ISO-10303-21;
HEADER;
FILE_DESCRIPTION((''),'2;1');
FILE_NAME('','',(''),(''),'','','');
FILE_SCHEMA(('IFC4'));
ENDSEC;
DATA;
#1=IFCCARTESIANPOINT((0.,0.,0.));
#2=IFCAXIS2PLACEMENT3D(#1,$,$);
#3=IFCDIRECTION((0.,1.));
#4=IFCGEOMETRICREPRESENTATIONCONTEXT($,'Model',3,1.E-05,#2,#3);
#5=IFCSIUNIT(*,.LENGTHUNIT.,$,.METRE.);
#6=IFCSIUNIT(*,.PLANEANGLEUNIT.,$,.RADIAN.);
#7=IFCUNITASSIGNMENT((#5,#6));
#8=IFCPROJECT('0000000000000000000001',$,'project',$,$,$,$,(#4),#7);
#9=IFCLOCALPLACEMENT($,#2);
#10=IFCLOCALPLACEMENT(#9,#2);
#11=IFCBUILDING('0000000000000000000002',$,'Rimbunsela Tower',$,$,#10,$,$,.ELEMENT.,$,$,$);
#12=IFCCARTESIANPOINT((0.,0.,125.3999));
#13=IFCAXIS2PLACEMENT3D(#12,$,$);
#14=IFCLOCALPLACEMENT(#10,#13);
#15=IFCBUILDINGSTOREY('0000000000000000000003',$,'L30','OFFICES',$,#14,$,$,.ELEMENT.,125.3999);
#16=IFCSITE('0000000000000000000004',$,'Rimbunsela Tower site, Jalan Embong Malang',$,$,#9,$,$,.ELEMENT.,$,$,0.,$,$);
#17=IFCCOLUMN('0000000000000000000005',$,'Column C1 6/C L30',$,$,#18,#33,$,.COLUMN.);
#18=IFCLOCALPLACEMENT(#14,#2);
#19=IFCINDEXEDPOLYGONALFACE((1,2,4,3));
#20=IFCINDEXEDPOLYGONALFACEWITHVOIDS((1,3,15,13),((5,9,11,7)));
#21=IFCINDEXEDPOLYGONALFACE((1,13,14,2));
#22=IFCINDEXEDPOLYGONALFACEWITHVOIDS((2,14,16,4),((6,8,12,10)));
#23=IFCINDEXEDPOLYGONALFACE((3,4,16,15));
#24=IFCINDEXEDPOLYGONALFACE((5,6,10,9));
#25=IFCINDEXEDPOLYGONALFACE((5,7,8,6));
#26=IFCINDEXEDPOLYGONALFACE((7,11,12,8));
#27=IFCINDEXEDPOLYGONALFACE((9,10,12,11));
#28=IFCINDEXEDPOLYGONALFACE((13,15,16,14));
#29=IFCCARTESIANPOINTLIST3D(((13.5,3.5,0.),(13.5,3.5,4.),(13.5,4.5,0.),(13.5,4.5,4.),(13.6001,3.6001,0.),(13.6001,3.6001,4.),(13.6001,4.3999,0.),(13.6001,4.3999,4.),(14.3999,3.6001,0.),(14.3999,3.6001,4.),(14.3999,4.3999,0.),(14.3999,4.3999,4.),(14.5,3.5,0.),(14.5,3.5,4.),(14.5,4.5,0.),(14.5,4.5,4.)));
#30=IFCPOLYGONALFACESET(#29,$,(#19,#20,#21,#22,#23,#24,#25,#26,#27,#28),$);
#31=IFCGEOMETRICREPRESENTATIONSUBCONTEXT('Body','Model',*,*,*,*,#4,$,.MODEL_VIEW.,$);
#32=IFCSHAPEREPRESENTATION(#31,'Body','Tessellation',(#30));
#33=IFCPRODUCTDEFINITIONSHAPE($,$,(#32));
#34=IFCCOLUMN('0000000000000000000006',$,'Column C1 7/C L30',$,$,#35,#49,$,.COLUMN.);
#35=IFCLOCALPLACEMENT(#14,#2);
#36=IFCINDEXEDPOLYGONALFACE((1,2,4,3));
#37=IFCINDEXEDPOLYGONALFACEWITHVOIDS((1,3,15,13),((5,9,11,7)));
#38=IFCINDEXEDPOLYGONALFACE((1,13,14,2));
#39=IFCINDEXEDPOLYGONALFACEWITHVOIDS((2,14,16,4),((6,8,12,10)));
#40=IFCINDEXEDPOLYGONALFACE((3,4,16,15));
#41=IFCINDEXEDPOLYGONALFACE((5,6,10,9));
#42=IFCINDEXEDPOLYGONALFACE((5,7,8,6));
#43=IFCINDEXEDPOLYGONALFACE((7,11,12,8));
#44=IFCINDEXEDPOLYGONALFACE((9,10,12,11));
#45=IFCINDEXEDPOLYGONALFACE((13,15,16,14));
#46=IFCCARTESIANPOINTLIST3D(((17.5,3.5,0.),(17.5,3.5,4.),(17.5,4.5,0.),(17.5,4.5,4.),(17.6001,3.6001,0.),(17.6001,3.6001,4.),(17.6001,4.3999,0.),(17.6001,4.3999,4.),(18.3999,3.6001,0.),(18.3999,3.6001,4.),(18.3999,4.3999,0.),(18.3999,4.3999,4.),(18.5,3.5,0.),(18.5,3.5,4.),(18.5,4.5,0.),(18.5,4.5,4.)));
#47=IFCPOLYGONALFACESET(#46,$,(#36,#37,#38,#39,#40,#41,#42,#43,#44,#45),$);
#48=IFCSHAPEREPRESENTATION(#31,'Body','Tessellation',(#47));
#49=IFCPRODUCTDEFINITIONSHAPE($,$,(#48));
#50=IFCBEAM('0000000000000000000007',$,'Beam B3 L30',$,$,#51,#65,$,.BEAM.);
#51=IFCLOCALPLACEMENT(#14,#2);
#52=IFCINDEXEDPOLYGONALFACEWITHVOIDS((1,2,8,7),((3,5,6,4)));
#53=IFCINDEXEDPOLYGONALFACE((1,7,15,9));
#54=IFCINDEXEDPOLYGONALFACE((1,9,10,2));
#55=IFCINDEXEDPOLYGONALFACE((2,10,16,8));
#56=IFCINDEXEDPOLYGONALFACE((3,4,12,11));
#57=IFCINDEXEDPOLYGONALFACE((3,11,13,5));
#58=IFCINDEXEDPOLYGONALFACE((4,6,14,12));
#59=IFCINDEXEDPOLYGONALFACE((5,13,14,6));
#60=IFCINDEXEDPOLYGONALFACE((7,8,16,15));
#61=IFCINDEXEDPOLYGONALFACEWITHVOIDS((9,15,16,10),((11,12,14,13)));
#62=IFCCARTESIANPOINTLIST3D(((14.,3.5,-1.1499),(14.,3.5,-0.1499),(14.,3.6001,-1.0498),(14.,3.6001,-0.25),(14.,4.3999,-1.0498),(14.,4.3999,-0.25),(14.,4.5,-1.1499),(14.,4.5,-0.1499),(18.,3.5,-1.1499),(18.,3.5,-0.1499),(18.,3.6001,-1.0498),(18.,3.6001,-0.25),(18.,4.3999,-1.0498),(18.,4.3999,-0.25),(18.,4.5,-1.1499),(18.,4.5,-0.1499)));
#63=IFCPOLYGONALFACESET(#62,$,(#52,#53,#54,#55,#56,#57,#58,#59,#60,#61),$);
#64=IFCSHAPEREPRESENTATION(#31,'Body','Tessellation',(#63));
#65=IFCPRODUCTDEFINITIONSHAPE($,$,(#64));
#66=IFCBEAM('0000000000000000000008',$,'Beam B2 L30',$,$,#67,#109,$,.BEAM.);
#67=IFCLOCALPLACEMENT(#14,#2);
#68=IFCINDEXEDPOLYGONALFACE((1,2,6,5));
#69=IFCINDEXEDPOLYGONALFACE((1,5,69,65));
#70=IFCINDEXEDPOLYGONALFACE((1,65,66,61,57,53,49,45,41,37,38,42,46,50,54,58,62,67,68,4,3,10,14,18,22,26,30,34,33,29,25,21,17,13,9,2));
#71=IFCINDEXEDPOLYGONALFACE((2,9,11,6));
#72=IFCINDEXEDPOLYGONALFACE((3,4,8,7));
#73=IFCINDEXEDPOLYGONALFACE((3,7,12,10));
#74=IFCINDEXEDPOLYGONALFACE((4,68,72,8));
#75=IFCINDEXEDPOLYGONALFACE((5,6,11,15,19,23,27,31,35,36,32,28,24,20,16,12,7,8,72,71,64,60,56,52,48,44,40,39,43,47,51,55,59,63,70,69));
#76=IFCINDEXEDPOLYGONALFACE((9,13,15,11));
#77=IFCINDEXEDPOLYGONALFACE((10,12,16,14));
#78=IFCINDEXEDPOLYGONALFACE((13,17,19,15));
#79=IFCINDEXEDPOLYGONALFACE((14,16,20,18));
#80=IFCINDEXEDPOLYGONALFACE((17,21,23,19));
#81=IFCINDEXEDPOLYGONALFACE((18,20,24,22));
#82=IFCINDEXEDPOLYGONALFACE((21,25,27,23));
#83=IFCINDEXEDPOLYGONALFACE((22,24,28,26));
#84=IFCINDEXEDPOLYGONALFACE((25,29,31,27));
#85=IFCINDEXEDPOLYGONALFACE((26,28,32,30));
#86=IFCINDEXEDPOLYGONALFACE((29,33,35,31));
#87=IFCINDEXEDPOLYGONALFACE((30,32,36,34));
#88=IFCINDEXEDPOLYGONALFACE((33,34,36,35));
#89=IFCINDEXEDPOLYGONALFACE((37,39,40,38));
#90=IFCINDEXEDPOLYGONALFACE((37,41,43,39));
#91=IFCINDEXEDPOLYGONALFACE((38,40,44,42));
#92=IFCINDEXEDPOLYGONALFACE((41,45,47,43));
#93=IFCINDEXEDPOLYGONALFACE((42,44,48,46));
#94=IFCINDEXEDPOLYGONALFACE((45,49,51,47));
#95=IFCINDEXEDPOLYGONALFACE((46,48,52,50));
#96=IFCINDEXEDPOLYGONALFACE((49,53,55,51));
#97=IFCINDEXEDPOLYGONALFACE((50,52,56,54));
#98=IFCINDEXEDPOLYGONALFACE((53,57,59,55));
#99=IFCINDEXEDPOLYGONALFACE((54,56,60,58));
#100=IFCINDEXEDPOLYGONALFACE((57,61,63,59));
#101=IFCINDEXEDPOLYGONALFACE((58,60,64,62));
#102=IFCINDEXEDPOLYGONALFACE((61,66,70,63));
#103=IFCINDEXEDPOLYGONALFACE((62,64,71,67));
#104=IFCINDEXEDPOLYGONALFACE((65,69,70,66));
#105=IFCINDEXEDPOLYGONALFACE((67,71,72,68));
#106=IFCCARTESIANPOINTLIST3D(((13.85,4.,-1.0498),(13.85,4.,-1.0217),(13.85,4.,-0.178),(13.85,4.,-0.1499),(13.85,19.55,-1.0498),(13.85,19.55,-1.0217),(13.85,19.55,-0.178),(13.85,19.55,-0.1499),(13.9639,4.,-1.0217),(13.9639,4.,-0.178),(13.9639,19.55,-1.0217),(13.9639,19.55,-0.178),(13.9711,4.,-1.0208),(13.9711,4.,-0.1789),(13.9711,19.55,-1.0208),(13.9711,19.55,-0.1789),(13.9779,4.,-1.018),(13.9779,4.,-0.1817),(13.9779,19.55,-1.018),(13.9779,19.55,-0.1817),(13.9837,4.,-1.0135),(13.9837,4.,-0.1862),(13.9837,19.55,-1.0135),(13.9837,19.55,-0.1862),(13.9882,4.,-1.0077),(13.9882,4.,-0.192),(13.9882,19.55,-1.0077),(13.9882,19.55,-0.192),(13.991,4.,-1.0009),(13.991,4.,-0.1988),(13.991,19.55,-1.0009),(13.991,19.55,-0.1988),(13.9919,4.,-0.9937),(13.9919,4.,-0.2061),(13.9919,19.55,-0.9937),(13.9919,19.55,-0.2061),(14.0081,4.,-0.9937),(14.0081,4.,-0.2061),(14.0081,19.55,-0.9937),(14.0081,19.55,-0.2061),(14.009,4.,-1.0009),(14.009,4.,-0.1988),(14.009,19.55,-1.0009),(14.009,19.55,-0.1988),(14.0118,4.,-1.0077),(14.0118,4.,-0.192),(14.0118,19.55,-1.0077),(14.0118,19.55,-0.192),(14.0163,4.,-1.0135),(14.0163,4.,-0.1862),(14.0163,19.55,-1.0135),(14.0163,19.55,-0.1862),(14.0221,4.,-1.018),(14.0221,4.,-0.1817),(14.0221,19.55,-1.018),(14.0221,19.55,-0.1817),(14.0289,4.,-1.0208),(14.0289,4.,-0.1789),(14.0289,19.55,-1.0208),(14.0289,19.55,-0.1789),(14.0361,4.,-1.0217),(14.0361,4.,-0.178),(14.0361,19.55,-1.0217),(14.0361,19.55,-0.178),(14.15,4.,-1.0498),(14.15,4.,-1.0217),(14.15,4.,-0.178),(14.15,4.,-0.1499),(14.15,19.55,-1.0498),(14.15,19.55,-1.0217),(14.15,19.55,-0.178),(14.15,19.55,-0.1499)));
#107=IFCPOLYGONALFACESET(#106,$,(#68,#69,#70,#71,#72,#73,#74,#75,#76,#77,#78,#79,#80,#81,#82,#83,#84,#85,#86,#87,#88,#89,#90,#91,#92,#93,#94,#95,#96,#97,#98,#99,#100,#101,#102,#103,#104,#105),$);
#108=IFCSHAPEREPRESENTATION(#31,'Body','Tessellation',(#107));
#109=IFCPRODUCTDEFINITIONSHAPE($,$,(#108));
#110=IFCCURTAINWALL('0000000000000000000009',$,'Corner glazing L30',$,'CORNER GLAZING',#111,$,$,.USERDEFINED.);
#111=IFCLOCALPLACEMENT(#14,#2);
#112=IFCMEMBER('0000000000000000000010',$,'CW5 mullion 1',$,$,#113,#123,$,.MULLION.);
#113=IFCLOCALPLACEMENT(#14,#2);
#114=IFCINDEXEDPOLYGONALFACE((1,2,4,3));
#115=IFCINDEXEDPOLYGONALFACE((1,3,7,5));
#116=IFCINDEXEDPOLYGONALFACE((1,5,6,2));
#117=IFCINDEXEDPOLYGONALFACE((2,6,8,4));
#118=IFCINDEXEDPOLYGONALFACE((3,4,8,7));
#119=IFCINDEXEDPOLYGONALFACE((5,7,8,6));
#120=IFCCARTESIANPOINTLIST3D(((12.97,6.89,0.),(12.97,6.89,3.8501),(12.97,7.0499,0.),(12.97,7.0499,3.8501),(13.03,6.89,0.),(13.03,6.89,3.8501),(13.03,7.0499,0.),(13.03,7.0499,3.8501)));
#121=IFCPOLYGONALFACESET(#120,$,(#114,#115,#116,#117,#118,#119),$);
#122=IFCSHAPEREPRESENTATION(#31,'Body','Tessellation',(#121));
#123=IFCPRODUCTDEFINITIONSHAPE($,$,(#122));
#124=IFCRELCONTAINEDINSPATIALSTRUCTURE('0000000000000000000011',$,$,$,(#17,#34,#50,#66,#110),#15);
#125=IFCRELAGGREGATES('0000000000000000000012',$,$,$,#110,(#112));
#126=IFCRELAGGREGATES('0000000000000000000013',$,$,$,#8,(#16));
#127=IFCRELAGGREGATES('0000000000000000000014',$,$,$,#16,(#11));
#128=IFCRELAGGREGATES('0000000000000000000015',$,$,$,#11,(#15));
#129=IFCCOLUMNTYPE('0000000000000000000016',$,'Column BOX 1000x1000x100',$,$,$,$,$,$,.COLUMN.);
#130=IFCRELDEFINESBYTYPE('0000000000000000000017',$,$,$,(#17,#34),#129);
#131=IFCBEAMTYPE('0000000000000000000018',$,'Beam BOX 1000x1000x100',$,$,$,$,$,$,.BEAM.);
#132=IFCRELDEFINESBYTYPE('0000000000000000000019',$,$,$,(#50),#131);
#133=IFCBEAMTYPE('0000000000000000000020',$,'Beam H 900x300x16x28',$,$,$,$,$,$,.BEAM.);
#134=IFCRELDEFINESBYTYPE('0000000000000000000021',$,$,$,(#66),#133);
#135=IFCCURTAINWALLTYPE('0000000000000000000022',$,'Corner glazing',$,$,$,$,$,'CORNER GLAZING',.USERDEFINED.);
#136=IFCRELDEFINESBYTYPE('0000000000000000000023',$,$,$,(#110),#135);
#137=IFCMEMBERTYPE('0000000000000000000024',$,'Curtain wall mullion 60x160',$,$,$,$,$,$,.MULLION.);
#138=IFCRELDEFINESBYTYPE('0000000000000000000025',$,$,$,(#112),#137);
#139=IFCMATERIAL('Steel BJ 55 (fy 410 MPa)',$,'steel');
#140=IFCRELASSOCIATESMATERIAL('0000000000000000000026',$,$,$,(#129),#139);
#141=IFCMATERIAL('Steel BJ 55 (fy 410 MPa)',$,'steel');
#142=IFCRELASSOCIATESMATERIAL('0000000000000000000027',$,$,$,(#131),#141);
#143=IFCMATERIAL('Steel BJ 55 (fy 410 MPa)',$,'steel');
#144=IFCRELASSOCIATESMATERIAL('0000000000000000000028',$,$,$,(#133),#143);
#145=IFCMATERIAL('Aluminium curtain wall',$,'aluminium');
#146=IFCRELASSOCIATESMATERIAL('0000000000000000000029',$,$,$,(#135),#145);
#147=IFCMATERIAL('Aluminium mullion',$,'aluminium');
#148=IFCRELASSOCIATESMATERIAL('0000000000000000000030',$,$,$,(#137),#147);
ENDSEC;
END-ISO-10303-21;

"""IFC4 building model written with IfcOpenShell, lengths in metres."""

from ifc_helpers import new_model, si_unit, direction, frame, origin, origin_2d, place, context, subcontext, project, spatial, rectangle, hollow_rectangle, i_section, extrude, material, material_profile, profile_set, type_object, element, aggregate, save


model = new_model("IFC4")

# Units and contexts
model_context = context("Model", 3, precision=1e-05, world=origin(), true_north=direction((0.0, 1.0)))
body_context = subcontext(model_context, "Body", "Model", "MODEL_VIEW")
ifc_project = project(units=[si_unit("LENGTHUNIT", "METRE"), si_unit("PLANEANGLEUNIT", "RADIAN")], contexts=[model_context])

# Site, building, storey
site_placement = place(None, origin())
site = spatial("IfcSite", under=ifc_project, at=site_placement, Name="Rimbunsela Tower site, Jalan Embong Malang", CompositionType="ELEMENT", RefElevation=0.0)
building_placement = place(site_placement, origin())
building = spatial("IfcBuilding", under=site, at=building_placement, Name="Rimbunsela Tower", CompositionType="ELEMENT")
storey_placement = place(building_placement, frame((0.0, 0.0, 125.3999)))
storey = spatial("IfcBuildingStorey", under=building, at=storey_placement, Name="L30", Description="OFFICES", CompositionType="ELEMENT", Elevation=125.3999)

# Columns
ifc_material_1 = material(Name="Steel BJ 55 (fy 410 MPa)", Category="steel")
ifc_material_profile_1 = material_profile(ifc_material_1, hollow_rectangle(XDim=1.0, YDim=1.0, WallThickness=0.1001, at=origin_2d()), Name="BOX 1000x1000x100")
ifc_profile_set_1 = profile_set([ifc_material_profile_1], Name="Steel BJ 55 (fy 410 MPa)")
column_type = type_object("IfcColumnType", Name="Column BOX 1000x1000x100", PredefinedType="COLUMN", material=ifc_profile_set_1)
for number, where, z_axis, x_axis, name in (
    (1, (14.0, 4.0, 0.0), (0.0, 0.0, 1.0), (1.0, 0.0, 0.0), "Column C1 6/C L30"),
    (2, (18.0, 4.0, 0.0), (0.0, 0.0, 1.0), (1.0, 0.0, 0.0), "Column C1 7/C L30"),
):
    element("IfcColumn", number, at=place(storey_placement, frame(where, z_axis=z_axis, x_axis=x_axis)), inside=storey, type_object=column_type, Name=name, PredefinedType="COLUMN", context=body_context, shape_type="SweptSolid", body=[
        extrude(hollow_rectangle(XDim=1.0, YDim=1.0, WallThickness=0.1001, at=origin_2d()), origin(), (0.0, 0.0, 1.0), 4.0),
    ])

# Beams
ifc_material_2 = material(Name="Steel BJ 55 (fy 410 MPa)", Category="steel")
ifc_material_profile_2 = material_profile(ifc_material_2, hollow_rectangle(XDim=1.0, YDim=1.0, WallThickness=0.1001, at=origin_2d()), Name="BOX 1000x1000x100")
ifc_profile_set_2 = profile_set([ifc_material_profile_2], Name="Steel BJ 55 (fy 410 MPa)")
beam_type_1 = type_object("IfcBeamType", Name="Beam BOX 1000x1000x100", PredefinedType="BEAM", material=ifc_profile_set_2)
beam_1_placement = place(storey_placement, frame((14.0, 4.0, -0.6499), z_axis=(1.0, 0.0, 0.0), x_axis=(0.0, 1.0, 0.0)))
element("IfcBeam", 3, at=beam_1_placement, inside=storey, type_object=beam_type_1, Name="Beam B3 L30", PredefinedType="BEAM", context=body_context, shape_type="SweptSolid", body=[
    extrude(hollow_rectangle(XDim=1.0, YDim=1.0, WallThickness=0.1001, at=origin_2d()), origin(), (0.0, 0.0, 1.0), 4.0),
])
ifc_material_3 = material(Name="Steel BJ 55 (fy 410 MPa)", Category="steel")
ifc_material_profile_3 = material_profile(ifc_material_3, i_section(OverallWidth=0.3, OverallDepth=0.8999, WebThickness=0.0161, FlangeThickness=0.0281, FilletRadius=0.0281, at=origin_2d()), Name="H 900x300x16x28")
ifc_profile_set_3 = profile_set([ifc_material_profile_3], Name="Steel BJ 55 (fy 410 MPa)")
beam_type_2 = type_object("IfcBeamType", Name="Beam H 900x300x16x28", PredefinedType="BEAM", material=ifc_profile_set_3)
beam_2_placement = place(storey_placement, frame((14.0, 4.0, -0.5999), z_axis=(0.0, 1.0, 0.0), x_axis=(-1.0, 0.0, 0.0)))
element("IfcBeam", 4, at=beam_2_placement, inside=storey, type_object=beam_type_2, Name="Beam B2 L30", PredefinedType="BEAM", context=body_context, shape_type="SweptSolid", body=[
    extrude(i_section(OverallWidth=0.3, OverallDepth=0.8999, WebThickness=0.0161, FlangeThickness=0.0281, FilletRadius=0.0281, at=origin_2d()), origin(), (0.0, 0.0, 1.0), 15.55),
])

# Curtain wall, member
ifc_material_4 = material(Name="Aluminium curtain wall", Category="aluminium")
curtain_wall_type = type_object("IfcCurtainWallType", Name="Corner glazing", ElementType="CORNER GLAZING", PredefinedType="USERDEFINED", material=ifc_material_4)
curtain_wall_placement = place(storey_placement, origin())
curtain_wall = element("IfcCurtainWall", 5, at=curtain_wall_placement, inside=storey, type_object=curtain_wall_type, Name="Corner glazing L30", ObjectType="CORNER GLAZING", PredefinedType="USERDEFINED")
ifc_material_5 = material(Name="Aluminium mullion", Category="aluminium")
ifc_material_profile_4 = material_profile(ifc_material_5, rectangle(XDim=0.0601, YDim=0.1599, at=origin_2d()), Name="Mullion 60x160")
ifc_profile_set_4 = profile_set([ifc_material_profile_4], Name="Aluminium mullion")
member_type = type_object("IfcMemberType", Name="Curtain wall mullion 60x160", PredefinedType="MULLION", material=ifc_profile_set_4)
member_placement = place(storey_placement, frame((13.0, 6.97, 0.0), z_axis=(0.0, 0.0, 1.0), x_axis=(1.0, 0.0, 0.0)))
member = element("IfcMember", 6, at=member_placement, type_object=member_type, Name="CW5 mullion 1", PredefinedType="MULLION", context=body_context, shape_type="SweptSolid", body=[
    extrude(rectangle(XDim=0.0601, YDim=0.1599, at=origin_2d()), origin(), (0.0, 0.0, 1.0), 3.8501),
])
aggregate(curtain_wall, [member])

save(model, "model.ifc")
